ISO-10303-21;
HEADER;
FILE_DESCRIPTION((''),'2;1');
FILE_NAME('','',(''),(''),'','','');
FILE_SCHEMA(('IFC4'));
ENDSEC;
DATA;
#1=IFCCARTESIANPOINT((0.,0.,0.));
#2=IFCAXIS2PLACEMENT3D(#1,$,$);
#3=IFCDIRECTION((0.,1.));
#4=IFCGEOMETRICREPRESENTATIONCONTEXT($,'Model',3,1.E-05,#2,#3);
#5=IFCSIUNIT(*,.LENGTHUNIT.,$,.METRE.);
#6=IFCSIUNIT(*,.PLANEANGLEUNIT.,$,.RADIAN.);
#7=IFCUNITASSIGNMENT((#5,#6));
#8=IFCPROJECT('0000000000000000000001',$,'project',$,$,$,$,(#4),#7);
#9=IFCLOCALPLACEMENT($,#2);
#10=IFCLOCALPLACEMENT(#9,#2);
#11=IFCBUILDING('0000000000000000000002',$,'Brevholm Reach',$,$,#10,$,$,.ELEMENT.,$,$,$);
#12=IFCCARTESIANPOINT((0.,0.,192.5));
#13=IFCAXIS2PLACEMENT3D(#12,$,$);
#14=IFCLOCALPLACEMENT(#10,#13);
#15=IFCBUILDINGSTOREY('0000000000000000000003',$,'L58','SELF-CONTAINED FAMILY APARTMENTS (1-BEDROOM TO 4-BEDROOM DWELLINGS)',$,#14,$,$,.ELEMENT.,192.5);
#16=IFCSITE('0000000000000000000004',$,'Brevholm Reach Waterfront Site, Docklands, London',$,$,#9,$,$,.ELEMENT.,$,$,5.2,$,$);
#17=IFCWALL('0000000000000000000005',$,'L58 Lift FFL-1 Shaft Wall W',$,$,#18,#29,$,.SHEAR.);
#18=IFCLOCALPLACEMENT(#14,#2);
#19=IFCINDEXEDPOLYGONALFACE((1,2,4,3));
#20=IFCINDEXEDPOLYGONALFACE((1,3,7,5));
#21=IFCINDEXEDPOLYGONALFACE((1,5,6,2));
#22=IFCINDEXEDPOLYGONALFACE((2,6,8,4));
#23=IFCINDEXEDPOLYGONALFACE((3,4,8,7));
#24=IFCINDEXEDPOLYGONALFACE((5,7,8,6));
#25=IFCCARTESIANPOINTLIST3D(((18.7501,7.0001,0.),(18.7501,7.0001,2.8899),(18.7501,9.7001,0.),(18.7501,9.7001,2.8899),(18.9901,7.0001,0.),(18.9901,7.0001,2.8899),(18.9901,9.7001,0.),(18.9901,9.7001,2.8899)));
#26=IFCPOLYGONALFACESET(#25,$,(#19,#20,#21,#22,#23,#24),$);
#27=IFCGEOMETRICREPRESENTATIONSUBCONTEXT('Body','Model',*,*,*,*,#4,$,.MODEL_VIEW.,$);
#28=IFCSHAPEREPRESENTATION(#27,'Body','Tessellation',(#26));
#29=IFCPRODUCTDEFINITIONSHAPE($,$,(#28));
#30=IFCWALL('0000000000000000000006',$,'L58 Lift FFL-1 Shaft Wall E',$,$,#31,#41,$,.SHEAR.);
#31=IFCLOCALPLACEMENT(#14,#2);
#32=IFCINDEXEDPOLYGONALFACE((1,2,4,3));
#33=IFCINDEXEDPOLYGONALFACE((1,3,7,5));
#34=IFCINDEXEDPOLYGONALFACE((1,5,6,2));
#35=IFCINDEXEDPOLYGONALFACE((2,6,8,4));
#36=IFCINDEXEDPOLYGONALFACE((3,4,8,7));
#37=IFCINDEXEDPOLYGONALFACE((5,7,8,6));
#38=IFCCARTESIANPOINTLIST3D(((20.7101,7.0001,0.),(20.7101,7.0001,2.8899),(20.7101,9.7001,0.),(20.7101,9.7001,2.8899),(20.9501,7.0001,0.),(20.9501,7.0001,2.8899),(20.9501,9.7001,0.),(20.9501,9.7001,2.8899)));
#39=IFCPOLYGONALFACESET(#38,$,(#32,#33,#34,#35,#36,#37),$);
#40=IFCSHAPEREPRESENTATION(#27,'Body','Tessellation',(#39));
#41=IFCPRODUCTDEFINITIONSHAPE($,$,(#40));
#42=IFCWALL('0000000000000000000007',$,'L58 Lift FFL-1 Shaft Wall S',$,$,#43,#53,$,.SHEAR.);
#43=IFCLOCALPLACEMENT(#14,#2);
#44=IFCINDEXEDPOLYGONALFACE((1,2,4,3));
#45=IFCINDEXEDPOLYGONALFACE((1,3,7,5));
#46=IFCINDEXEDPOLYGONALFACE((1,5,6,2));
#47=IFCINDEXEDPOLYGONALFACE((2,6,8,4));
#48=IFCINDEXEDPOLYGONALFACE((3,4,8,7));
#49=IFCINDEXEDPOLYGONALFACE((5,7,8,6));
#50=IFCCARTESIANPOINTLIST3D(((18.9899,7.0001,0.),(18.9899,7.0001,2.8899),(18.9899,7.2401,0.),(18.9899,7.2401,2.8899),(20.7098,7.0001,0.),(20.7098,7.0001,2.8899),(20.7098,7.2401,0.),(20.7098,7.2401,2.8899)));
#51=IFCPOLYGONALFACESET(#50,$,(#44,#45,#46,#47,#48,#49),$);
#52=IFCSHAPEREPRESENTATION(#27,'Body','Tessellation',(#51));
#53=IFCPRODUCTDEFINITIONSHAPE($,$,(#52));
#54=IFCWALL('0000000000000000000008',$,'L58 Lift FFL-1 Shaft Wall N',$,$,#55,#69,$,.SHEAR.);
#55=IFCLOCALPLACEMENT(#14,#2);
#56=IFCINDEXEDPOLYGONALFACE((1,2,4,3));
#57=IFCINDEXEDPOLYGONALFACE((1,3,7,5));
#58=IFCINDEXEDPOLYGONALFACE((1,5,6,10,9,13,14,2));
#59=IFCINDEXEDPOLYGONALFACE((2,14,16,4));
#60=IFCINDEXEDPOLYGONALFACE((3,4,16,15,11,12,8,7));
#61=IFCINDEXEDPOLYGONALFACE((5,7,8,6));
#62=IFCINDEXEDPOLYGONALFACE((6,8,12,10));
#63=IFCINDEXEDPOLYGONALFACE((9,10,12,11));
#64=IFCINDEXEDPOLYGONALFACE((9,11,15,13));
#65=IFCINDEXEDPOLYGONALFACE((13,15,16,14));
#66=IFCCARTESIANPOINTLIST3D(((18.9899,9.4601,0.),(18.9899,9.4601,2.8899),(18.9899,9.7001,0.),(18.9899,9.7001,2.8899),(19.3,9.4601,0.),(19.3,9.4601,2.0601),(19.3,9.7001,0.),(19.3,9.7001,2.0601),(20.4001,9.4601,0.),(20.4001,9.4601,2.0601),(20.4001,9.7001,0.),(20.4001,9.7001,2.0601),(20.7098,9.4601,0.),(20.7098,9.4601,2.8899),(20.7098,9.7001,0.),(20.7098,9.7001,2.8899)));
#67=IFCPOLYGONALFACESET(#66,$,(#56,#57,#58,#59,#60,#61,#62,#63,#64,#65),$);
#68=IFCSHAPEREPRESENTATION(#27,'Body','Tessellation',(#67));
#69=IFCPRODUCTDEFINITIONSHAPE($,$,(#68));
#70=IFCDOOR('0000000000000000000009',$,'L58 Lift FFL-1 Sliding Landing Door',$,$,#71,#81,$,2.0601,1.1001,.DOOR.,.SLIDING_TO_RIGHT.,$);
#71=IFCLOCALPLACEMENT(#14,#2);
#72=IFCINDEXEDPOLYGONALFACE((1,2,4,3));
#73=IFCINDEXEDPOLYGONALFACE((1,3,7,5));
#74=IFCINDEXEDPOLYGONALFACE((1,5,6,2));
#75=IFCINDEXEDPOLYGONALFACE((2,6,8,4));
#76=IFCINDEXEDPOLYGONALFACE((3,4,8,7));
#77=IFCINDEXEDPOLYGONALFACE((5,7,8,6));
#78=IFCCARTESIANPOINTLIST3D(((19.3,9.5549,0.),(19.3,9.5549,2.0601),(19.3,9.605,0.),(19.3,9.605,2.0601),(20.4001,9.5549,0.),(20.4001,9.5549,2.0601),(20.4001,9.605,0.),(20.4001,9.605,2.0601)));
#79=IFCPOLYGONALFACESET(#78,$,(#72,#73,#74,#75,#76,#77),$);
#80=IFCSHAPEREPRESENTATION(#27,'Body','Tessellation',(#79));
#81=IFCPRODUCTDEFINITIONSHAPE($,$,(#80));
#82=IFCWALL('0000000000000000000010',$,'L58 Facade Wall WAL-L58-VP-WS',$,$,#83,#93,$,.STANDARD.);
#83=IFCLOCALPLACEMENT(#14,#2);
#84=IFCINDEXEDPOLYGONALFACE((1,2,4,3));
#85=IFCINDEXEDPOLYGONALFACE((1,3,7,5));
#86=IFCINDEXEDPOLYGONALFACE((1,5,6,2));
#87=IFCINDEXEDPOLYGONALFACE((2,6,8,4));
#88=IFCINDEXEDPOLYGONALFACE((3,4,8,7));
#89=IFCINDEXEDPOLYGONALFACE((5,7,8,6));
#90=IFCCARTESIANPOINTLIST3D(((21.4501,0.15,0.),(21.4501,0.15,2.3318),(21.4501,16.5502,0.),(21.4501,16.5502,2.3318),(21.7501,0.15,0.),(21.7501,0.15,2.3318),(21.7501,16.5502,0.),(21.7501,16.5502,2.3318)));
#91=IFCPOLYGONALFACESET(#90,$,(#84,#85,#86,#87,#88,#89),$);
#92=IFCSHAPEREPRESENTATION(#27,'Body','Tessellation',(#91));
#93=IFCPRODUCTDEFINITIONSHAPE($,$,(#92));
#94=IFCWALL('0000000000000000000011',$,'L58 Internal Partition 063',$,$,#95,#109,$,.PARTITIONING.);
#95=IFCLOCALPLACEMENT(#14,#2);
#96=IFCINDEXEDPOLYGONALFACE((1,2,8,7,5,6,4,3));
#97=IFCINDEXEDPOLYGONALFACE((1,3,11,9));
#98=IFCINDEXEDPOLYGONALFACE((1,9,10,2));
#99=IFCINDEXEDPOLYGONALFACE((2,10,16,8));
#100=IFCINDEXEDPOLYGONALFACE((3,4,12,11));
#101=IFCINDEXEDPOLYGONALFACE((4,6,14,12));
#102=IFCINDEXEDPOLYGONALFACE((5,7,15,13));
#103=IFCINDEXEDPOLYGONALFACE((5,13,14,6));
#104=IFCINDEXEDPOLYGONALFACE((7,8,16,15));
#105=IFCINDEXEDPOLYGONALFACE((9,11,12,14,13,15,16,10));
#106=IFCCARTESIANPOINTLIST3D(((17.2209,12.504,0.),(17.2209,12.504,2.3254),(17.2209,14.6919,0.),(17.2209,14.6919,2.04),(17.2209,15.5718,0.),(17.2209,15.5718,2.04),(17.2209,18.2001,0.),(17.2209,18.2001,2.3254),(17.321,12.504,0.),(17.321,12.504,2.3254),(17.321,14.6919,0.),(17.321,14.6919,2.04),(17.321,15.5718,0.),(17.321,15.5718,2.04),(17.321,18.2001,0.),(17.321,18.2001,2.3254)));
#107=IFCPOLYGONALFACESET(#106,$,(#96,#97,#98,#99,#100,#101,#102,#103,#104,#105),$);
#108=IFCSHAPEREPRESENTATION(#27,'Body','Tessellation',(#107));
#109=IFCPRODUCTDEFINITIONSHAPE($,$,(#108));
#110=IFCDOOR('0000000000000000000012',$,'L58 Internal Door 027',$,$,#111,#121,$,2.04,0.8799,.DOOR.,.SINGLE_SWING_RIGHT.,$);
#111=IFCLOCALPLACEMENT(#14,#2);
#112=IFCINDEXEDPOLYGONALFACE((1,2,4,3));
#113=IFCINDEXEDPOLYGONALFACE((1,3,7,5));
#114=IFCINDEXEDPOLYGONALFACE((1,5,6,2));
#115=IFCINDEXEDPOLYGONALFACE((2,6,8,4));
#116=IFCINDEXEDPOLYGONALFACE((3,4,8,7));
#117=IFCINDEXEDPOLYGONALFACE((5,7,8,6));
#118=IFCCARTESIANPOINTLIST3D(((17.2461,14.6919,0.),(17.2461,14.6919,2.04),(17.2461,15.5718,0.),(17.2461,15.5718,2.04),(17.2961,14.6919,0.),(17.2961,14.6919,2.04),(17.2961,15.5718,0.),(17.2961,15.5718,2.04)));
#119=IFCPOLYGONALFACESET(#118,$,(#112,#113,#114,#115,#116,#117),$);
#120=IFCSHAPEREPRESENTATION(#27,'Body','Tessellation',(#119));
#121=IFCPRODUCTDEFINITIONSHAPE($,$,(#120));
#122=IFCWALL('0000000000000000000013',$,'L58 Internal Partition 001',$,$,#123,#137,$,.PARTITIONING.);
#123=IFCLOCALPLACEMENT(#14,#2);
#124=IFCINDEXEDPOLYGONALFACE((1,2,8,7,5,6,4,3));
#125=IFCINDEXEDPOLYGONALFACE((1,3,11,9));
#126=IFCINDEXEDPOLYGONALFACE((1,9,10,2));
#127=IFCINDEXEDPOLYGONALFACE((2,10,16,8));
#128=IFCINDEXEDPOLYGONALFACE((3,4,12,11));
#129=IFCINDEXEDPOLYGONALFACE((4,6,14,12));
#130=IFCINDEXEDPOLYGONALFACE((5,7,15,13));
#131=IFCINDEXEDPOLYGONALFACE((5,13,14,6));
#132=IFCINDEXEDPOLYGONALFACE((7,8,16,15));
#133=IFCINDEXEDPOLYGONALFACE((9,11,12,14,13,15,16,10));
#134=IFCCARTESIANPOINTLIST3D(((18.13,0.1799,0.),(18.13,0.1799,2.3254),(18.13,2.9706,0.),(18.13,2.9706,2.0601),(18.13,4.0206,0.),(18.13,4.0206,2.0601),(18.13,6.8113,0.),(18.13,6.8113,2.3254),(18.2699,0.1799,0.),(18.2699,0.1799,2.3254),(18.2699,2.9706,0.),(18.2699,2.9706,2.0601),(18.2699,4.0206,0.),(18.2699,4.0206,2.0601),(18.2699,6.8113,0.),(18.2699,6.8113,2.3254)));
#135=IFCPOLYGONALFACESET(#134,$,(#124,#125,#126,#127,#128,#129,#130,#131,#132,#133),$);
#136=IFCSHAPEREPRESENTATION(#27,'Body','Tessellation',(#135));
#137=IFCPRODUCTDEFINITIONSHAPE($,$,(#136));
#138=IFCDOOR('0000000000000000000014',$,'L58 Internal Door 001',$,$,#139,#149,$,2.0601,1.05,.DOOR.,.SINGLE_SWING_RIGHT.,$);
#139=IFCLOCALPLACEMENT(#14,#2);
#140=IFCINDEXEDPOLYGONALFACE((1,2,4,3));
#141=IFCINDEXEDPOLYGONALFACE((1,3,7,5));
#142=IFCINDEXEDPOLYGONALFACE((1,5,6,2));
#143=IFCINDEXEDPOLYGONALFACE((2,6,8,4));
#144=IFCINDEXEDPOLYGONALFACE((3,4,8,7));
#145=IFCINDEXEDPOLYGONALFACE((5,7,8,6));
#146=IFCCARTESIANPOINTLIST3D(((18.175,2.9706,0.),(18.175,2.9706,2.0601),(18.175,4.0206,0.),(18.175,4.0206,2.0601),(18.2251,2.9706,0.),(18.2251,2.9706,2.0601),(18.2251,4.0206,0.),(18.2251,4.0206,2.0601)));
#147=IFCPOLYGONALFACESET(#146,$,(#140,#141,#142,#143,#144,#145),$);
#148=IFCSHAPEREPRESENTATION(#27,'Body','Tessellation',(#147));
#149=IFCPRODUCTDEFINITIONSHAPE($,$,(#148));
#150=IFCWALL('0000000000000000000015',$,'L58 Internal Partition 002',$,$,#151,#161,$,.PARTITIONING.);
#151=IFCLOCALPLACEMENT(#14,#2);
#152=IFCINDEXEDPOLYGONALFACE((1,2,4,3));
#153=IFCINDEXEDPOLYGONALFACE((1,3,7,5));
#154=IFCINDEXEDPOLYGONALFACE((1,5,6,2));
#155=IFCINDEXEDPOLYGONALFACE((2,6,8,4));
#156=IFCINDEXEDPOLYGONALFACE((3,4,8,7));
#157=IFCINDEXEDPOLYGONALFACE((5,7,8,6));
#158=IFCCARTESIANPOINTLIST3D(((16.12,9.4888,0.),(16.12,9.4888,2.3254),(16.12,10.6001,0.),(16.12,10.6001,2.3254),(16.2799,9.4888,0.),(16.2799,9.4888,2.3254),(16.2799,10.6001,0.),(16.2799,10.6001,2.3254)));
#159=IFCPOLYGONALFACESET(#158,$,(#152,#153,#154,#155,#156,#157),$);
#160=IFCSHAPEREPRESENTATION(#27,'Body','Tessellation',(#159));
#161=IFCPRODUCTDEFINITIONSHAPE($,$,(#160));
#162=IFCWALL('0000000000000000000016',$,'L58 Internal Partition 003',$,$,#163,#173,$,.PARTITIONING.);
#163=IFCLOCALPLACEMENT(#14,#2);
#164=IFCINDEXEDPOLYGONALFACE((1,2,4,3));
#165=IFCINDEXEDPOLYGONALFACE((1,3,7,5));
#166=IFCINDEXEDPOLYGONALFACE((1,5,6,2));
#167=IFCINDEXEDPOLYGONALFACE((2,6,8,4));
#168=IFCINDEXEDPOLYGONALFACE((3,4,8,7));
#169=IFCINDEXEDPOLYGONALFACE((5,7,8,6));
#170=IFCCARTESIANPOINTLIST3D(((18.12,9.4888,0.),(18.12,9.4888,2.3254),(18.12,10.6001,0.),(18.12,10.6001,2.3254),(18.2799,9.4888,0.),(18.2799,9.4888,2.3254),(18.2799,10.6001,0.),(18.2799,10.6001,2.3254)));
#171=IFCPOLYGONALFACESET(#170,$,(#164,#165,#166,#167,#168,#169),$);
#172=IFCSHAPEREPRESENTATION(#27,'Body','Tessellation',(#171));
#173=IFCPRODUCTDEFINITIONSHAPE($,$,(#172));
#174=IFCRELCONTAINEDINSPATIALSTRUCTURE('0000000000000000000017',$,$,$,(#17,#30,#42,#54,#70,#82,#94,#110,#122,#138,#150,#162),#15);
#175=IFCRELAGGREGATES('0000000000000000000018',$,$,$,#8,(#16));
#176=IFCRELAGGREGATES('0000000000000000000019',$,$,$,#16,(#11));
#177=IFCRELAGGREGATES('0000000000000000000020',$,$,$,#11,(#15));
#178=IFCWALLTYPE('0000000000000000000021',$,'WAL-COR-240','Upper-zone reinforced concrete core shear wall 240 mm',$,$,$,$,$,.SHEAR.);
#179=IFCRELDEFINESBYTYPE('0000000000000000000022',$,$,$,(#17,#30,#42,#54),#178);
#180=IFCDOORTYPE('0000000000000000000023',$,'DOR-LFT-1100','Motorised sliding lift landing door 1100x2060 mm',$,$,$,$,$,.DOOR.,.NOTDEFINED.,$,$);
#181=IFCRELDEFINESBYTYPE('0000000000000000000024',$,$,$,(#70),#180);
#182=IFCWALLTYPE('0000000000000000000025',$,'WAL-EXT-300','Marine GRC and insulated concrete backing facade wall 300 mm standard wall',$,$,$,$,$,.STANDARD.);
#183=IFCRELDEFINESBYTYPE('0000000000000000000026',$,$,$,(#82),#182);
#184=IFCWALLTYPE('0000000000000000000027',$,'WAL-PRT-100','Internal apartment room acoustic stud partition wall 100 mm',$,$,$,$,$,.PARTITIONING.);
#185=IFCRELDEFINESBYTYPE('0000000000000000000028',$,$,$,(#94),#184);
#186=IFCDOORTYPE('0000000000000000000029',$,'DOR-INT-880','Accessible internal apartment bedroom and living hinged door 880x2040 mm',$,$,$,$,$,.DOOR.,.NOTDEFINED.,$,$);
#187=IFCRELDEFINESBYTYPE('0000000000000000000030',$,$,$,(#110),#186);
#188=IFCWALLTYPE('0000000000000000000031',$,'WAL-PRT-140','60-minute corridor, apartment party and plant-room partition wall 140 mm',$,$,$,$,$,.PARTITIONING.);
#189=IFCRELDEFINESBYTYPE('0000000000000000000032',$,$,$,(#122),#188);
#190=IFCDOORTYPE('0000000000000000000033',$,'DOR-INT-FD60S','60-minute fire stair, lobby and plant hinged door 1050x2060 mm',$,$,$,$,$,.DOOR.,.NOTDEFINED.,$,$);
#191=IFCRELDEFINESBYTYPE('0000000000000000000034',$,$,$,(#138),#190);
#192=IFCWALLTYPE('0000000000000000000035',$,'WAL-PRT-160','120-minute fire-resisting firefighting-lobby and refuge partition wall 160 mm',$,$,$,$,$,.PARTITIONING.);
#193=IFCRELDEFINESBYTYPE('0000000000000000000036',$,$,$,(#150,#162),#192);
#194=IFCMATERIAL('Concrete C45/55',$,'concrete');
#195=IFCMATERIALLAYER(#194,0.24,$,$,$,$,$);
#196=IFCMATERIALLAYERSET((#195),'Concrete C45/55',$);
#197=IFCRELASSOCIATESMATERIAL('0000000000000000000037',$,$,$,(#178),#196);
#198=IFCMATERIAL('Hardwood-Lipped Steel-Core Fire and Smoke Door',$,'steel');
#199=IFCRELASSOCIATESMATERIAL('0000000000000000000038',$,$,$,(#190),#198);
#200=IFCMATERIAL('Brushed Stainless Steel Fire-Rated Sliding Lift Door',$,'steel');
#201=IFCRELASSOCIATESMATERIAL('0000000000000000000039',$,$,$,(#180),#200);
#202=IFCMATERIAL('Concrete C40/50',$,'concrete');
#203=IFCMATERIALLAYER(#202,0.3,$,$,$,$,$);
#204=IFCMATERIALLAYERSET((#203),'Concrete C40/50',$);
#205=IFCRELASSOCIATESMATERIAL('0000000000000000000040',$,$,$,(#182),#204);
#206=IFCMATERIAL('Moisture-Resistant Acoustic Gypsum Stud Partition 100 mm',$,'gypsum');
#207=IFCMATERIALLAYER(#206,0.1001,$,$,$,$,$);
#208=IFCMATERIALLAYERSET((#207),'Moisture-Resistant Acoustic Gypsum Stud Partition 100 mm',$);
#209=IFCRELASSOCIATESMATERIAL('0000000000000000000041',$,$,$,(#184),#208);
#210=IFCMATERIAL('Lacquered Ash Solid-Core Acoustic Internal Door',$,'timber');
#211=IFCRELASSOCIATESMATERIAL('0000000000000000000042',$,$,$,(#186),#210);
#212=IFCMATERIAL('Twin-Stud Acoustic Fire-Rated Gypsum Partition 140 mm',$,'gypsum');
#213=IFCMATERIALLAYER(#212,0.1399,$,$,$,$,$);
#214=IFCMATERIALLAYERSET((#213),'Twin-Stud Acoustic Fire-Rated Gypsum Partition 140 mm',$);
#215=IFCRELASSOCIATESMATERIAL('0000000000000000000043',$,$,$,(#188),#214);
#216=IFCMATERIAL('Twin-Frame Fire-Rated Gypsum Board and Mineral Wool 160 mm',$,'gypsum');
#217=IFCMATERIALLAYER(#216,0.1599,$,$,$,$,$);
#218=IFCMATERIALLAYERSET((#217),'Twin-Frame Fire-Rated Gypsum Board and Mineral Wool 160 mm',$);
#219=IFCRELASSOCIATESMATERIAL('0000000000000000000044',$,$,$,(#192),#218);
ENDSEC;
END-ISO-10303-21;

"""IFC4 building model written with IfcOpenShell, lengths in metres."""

from ifc_helpers import new_model, si_unit, direction, frame, frame_2d, origin, place, context, subcontext, project, spatial, rectangle, extrude, material, layer, layer_set, type_object, element, fill, save


model = new_model("IFC4")

# Units and contexts
model_context = context("Model", 3, precision=1e-05, world=origin(), true_north=direction((0.0, 1.0)))
body_context = subcontext(model_context, "Body", "Model", "MODEL_VIEW")
ifc_project = project(units=[si_unit("LENGTHUNIT", "METRE"), si_unit("PLANEANGLEUNIT", "RADIAN")], contexts=[model_context])

# Site, building, storey
site_placement = place(None, origin())
site = spatial("IfcSite", under=ifc_project, at=site_placement, Name="Brevholm Reach Waterfront Site, Docklands, London", CompositionType="ELEMENT", RefElevation=5.2)
building_placement = place(site_placement, origin())
building = spatial("IfcBuilding", under=site, at=building_placement, Name="Brevholm Reach", CompositionType="ELEMENT")
storey_placement = place(building_placement, frame((0.0, 0.0, 192.5)))
storey = spatial("IfcBuildingStorey", under=building, at=storey_placement, Name="L58", Description="SELF-CONTAINED FAMILY APARTMENTS (1-BEDROOM TO 4-BEDROOM DWELLINGS)", CompositionType="ELEMENT", Elevation=192.5)

# Shared definitions
ifc_material_1 = material(Name="Concrete C45/55", Category="concrete")
ifc_layer_1 = layer(ifc_material_1, 0.24)
ifc_layer_set_1 = layer_set([ifc_layer_1], Name="Concrete C45/55")
wall_type_1 = type_object("IfcWallType", Name="WAL-COR-240", Description="Upper-zone reinforced concrete core shear wall 240 mm", PredefinedType="SHEAR", material=ifc_layer_set_1)

# Shared definitions
ifc_material_2 = material(Name="Hardwood-Lipped Steel-Core Fire and Smoke Door", Category="steel")
door_type_1 = type_object("IfcDoorType", Name="DOR-INT-FD60S", Description="60-minute fire stair, lobby and plant hinged door 1050x2060 mm", OperationType="NOTDEFINED", PredefinedType="DOOR", material=ifc_material_2)

# Walls
for number, where, z_axis, x_axis, name in (
    (1, (18.8701, 7.0, 0.0), (0.0, 0.0, 1.0), (0.0, 1.0, 0.0), "L58 Lift FFL-1 Shaft Wall W"),
    (2, (20.8301, 7.0, 0.0), (0.0, 0.0, 1.0), (0.0, 1.0, 0.0), "L58 Lift FFL-1 Shaft Wall E"),
):
    element("IfcWall", number, at=place(storey_placement, frame(where, z_axis=z_axis, x_axis=x_axis)), inside=storey, type_object=wall_type_1, Name=name, PredefinedType="SHEAR", context=body_context, shape_type="SweptSolid", body=[
        extrude(rectangle(XDim=2.7, YDim=0.24, at=frame_2d((1.3501, 0.0))), origin(), (0.0, 0.0, 1.0), 2.8899),
    ])
wall_1_placement = place(storey_placement, frame((18.99, 7.1201, 0.0), z_axis=(0.0, 0.0, 1.0), x_axis=(1.0, 0.0, 0.0)))
element("IfcWall", 3, at=wall_1_placement, inside=storey, type_object=wall_type_1, Name="L58 Lift FFL-1 Shaft Wall S", PredefinedType="SHEAR", context=body_context, shape_type="SweptSolid", body=[
    extrude(rectangle(XDim=1.72, YDim=0.24, at=frame_2d((0.8599, 0.0))), origin(), (0.0, 0.0, 1.0), 2.8899),
])

# Wall, opening, door
wall_2_placement = place(storey_placement, frame((18.99, 9.5801, 0.0), z_axis=(0.0, 0.0, 1.0), x_axis=(1.0, 0.0, 0.0)))
wall_2 = element("IfcWall", 4, at=wall_2_placement, inside=storey, type_object=wall_type_1, Name="L58 Lift FFL-1 Shaft Wall N", PredefinedType="SHEAR", context=body_context, shape_type="SweptSolid", body=[
    extrude(rectangle(XDim=1.72, YDim=0.24, at=frame_2d((0.8599, 0.0))), origin(), (0.0, 0.0, 1.0), 2.8899),
])
opening_1_placement = place(wall_2_placement, frame((0.3101, 0.0, 0.0)))
opening_1 = element("IfcOpeningElement", 5, at=opening_1_placement, cuts=wall_2, PredefinedType="OPENING", context=body_context, shape_type="SweptSolid", body=[
    extrude(rectangle(XDim=1.1001, YDim=2.0601, at=frame_2d((0.55, 1.03))), frame((0.0, 0.1299, 0.0), z_axis=(0.0, -1.0, 0.0), x_axis=(1.0, 0.0, 0.0)), (0.0, 0.0, 1.0), 0.26),
])
ifc_material_3 = material(Name="Brushed Stainless Steel Fire-Rated Sliding Lift Door", Category="steel")
door_type_2 = type_object("IfcDoorType", Name="DOR-LFT-1100", Description="Motorised sliding lift landing door 1100x2060 mm", OperationType="NOTDEFINED", PredefinedType="DOOR", material=ifc_material_3)
door_1_placement = place(opening_1_placement, origin())
door_1 = element("IfcDoor", 6, at=door_1_placement, inside=storey, type_object=door_type_2, Name="L58 Lift FFL-1 Sliding Landing Door", OperationType="SLIDING_TO_RIGHT", OverallHeight=2.0601, OverallWidth=1.1001, PredefinedType="DOOR", context=body_context, shape_type="SweptSolid", body=[
    extrude(rectangle(XDim=1.1001, YDim=2.0601, at=frame_2d((0.55, 1.03))), frame((0.0, 0.0249, 0.0), z_axis=(0.0, -1.0, 0.0), x_axis=(1.0, 0.0, 0.0)), (0.0, 0.0, 1.0), 0.05),
])
fill(opening_1, door_1)

# Wall
ifc_material_4 = material(Name="Concrete C40/50", Category="concrete")
ifc_layer_2 = layer(ifc_material_4, 0.3)
ifc_layer_set_2 = layer_set([ifc_layer_2], Name="Concrete C40/50")
wall_type_2 = type_object("IfcWallType", Name="WAL-EXT-300", Description="Marine GRC and insulated concrete backing facade wall 300 mm standard wall", PredefinedType="STANDARD", material=ifc_layer_set_2)
wall_3_placement = place(storey_placement, frame((21.6001, 0.1499, 0.0), z_axis=(0.0, 0.0, 1.0), x_axis=(0.0, 1.0, 0.0)))
element("IfcWall", 7, at=wall_3_placement, inside=storey, type_object=wall_type_2, Name="L58 Facade Wall WAL-L58-VP-WS", PredefinedType="STANDARD", context=body_context, shape_type="SweptSolid", body=[
    extrude(rectangle(XDim=16.4001, YDim=0.3, at=frame_2d((8.2002, 0.0))), origin(), (0.0, 0.0, 1.0), 2.3318),
])

# Walls, openings, doors
ifc_material_5 = material(Name="Moisture-Resistant Acoustic Gypsum Stud Partition 100 mm", Category="gypsum")
ifc_layer_3 = layer(ifc_material_5, 0.1001)
ifc_layer_set_3 = layer_set([ifc_layer_3], Name="Moisture-Resistant Acoustic Gypsum Stud Partition 100 mm")
wall_type_3 = type_object("IfcWallType", Name="WAL-PRT-100", Description="Internal apartment room acoustic stud partition wall 100 mm", PredefinedType="PARTITIONING", material=ifc_layer_set_3)
wall_4_placement = place(storey_placement, frame((17.271, 12.5039, 0.0), z_axis=(0.0, 0.0, 1.0), x_axis=(0.0, 1.0, 0.0)))
wall_4 = element("IfcWall", 8, at=wall_4_placement, inside=storey, type_object=wall_type_3, Name="L58 Internal Partition 063", PredefinedType="PARTITIONING", context=body_context, shape_type="SweptSolid", body=[
    extrude(rectangle(XDim=5.696, YDim=0.1001, at=frame_2d((2.8481, 0.0))), origin(), (0.0, 0.0, 1.0), 2.3254),
])
opening_2_placement = place(wall_4_placement, frame((2.188, 0.0, 0.0)))
opening_2 = element("IfcOpeningElement", 9, at=opening_2_placement, cuts=wall_4, PredefinedType="OPENING", context=body_context, shape_type="SweptSolid", body=[
    extrude(rectangle(XDim=0.8799, YDim=2.04, at=frame_2d((0.4399, 1.02))), frame((0.0, 0.0601, 0.0), z_axis=(0.0, -1.0, 0.0), x_axis=(1.0, 0.0, 0.0)), (0.0, 0.0, 1.0), 0.1201),
])
ifc_material_6 = material(Name="Lacquered Ash Solid-Core Acoustic Internal Door", Category="timber")
door_type_3 = type_object("IfcDoorType", Name="DOR-INT-880", Description="Accessible internal apartment bedroom and living hinged door 880x2040 mm", OperationType="NOTDEFINED", PredefinedType="DOOR", material=ifc_material_6)
door_2_placement = place(opening_2_placement, origin())
door_2 = element("IfcDoor", 10, at=door_2_placement, inside=storey, type_object=door_type_3, Name="L58 Internal Door 027", OperationType="SINGLE_SWING_RIGHT", OverallHeight=2.04, OverallWidth=0.8799, PredefinedType="DOOR", context=body_context, shape_type="SweptSolid", body=[
    extrude(rectangle(XDim=0.8799, YDim=2.04, at=frame_2d((0.4399, 1.02))), frame((0.0, 0.0249, 0.0), z_axis=(0.0, -1.0, 0.0), x_axis=(1.0, 0.0, 0.0)), (0.0, 0.0, 1.0), 0.05),
])
fill(opening_2, door_2)
ifc_material_7 = material(Name="Twin-Stud Acoustic Fire-Rated Gypsum Partition 140 mm", Category="gypsum")
ifc_layer_4 = layer(ifc_material_7, 0.1399)
ifc_layer_set_4 = layer_set([ifc_layer_4], Name="Twin-Stud Acoustic Fire-Rated Gypsum Partition 140 mm")
wall_type_4 = type_object("IfcWallType", Name="WAL-PRT-140", Description="60-minute corridor, apartment party and plant-room partition wall 140 mm", PredefinedType="PARTITIONING", material=ifc_layer_set_4)
wall_5_placement = place(storey_placement, frame((18.2, 0.1799, 0.0), z_axis=(0.0, 0.0, 1.0), x_axis=(0.0, 1.0, 0.0)))
wall_5 = element("IfcWall", 11, at=wall_5_placement, inside=storey, type_object=wall_type_4, Name="L58 Internal Partition 001", PredefinedType="PARTITIONING", context=body_context, shape_type="SweptSolid", body=[
    extrude(rectangle(XDim=6.6313, YDim=0.1399, at=frame_2d((3.3157, 0.0))), origin(), (0.0, 0.0, 1.0), 2.3254),
])
opening_3_placement = place(wall_5_placement, frame((2.7908, 0.0, 0.0)))
opening_3 = element("IfcOpeningElement", 12, at=opening_3_placement, cuts=wall_5, PredefinedType="OPENING", context=body_context, shape_type="SweptSolid", body=[
    extrude(rectangle(XDim=1.05, YDim=2.0601, at=frame_2d((0.5249, 1.03))), frame((0.0, 0.0798, 0.0), z_axis=(0.0, -1.0, 0.0), x_axis=(1.0, 0.0, 0.0)), (0.0, 0.0, 1.0), 0.1599),
])
door_3_placement = place(opening_3_placement, origin())
door_3 = element("IfcDoor", 13, at=door_3_placement, inside=storey, type_object=door_type_1, Name="L58 Internal Door 001", OperationType="SINGLE_SWING_RIGHT", OverallHeight=2.0601, OverallWidth=1.05, PredefinedType="DOOR", context=body_context, shape_type="SweptSolid", body=[
    extrude(rectangle(XDim=1.05, YDim=2.0601, at=frame_2d((0.5249, 1.03))), frame((0.0, 0.0249, 0.0), z_axis=(0.0, -1.0, 0.0), x_axis=(1.0, 0.0, 0.0)), (0.0, 0.0, 1.0), 0.05),
])
fill(opening_3, door_3)

# Walls
ifc_material_8 = material(Name="Twin-Frame Fire-Rated Gypsum Board and Mineral Wool 160 mm", Category="gypsum")
ifc_layer_5 = layer(ifc_material_8, 0.1599)
ifc_layer_set_5 = layer_set([ifc_layer_5], Name="Twin-Frame Fire-Rated Gypsum Board and Mineral Wool 160 mm")
wall_type_5 = type_object("IfcWallType", Name="WAL-PRT-160", Description="120-minute fire-resisting firefighting-lobby and refuge partition wall 160 mm", PredefinedType="PARTITIONING", material=ifc_layer_set_5)
for number, where, z_axis, x_axis, name in (
    (14, (16.2, 9.4888, 0.0), (0.0, 0.0, 1.0), (0.0, 1.0, 0.0), "L58 Internal Partition 002"),
    (15, (18.2, 9.4888, 0.0), (0.0, 0.0, 1.0), (0.0, 1.0, 0.0), "L58 Internal Partition 003"),
):
    element("IfcWall", number, at=place(storey_placement, frame(where, z_axis=z_axis, x_axis=x_axis)), inside=storey, type_object=wall_type_5, Name=name, PredefinedType="PARTITIONING", context=body_context, shape_type="SweptSolid", body=[
        extrude(rectangle(XDim=1.1113, YDim=0.1599, at=frame_2d((0.5557, 0.0))), origin(), (0.0, 0.0, 1.0), 2.3254),
    ])

save(model, "model.ifc")
